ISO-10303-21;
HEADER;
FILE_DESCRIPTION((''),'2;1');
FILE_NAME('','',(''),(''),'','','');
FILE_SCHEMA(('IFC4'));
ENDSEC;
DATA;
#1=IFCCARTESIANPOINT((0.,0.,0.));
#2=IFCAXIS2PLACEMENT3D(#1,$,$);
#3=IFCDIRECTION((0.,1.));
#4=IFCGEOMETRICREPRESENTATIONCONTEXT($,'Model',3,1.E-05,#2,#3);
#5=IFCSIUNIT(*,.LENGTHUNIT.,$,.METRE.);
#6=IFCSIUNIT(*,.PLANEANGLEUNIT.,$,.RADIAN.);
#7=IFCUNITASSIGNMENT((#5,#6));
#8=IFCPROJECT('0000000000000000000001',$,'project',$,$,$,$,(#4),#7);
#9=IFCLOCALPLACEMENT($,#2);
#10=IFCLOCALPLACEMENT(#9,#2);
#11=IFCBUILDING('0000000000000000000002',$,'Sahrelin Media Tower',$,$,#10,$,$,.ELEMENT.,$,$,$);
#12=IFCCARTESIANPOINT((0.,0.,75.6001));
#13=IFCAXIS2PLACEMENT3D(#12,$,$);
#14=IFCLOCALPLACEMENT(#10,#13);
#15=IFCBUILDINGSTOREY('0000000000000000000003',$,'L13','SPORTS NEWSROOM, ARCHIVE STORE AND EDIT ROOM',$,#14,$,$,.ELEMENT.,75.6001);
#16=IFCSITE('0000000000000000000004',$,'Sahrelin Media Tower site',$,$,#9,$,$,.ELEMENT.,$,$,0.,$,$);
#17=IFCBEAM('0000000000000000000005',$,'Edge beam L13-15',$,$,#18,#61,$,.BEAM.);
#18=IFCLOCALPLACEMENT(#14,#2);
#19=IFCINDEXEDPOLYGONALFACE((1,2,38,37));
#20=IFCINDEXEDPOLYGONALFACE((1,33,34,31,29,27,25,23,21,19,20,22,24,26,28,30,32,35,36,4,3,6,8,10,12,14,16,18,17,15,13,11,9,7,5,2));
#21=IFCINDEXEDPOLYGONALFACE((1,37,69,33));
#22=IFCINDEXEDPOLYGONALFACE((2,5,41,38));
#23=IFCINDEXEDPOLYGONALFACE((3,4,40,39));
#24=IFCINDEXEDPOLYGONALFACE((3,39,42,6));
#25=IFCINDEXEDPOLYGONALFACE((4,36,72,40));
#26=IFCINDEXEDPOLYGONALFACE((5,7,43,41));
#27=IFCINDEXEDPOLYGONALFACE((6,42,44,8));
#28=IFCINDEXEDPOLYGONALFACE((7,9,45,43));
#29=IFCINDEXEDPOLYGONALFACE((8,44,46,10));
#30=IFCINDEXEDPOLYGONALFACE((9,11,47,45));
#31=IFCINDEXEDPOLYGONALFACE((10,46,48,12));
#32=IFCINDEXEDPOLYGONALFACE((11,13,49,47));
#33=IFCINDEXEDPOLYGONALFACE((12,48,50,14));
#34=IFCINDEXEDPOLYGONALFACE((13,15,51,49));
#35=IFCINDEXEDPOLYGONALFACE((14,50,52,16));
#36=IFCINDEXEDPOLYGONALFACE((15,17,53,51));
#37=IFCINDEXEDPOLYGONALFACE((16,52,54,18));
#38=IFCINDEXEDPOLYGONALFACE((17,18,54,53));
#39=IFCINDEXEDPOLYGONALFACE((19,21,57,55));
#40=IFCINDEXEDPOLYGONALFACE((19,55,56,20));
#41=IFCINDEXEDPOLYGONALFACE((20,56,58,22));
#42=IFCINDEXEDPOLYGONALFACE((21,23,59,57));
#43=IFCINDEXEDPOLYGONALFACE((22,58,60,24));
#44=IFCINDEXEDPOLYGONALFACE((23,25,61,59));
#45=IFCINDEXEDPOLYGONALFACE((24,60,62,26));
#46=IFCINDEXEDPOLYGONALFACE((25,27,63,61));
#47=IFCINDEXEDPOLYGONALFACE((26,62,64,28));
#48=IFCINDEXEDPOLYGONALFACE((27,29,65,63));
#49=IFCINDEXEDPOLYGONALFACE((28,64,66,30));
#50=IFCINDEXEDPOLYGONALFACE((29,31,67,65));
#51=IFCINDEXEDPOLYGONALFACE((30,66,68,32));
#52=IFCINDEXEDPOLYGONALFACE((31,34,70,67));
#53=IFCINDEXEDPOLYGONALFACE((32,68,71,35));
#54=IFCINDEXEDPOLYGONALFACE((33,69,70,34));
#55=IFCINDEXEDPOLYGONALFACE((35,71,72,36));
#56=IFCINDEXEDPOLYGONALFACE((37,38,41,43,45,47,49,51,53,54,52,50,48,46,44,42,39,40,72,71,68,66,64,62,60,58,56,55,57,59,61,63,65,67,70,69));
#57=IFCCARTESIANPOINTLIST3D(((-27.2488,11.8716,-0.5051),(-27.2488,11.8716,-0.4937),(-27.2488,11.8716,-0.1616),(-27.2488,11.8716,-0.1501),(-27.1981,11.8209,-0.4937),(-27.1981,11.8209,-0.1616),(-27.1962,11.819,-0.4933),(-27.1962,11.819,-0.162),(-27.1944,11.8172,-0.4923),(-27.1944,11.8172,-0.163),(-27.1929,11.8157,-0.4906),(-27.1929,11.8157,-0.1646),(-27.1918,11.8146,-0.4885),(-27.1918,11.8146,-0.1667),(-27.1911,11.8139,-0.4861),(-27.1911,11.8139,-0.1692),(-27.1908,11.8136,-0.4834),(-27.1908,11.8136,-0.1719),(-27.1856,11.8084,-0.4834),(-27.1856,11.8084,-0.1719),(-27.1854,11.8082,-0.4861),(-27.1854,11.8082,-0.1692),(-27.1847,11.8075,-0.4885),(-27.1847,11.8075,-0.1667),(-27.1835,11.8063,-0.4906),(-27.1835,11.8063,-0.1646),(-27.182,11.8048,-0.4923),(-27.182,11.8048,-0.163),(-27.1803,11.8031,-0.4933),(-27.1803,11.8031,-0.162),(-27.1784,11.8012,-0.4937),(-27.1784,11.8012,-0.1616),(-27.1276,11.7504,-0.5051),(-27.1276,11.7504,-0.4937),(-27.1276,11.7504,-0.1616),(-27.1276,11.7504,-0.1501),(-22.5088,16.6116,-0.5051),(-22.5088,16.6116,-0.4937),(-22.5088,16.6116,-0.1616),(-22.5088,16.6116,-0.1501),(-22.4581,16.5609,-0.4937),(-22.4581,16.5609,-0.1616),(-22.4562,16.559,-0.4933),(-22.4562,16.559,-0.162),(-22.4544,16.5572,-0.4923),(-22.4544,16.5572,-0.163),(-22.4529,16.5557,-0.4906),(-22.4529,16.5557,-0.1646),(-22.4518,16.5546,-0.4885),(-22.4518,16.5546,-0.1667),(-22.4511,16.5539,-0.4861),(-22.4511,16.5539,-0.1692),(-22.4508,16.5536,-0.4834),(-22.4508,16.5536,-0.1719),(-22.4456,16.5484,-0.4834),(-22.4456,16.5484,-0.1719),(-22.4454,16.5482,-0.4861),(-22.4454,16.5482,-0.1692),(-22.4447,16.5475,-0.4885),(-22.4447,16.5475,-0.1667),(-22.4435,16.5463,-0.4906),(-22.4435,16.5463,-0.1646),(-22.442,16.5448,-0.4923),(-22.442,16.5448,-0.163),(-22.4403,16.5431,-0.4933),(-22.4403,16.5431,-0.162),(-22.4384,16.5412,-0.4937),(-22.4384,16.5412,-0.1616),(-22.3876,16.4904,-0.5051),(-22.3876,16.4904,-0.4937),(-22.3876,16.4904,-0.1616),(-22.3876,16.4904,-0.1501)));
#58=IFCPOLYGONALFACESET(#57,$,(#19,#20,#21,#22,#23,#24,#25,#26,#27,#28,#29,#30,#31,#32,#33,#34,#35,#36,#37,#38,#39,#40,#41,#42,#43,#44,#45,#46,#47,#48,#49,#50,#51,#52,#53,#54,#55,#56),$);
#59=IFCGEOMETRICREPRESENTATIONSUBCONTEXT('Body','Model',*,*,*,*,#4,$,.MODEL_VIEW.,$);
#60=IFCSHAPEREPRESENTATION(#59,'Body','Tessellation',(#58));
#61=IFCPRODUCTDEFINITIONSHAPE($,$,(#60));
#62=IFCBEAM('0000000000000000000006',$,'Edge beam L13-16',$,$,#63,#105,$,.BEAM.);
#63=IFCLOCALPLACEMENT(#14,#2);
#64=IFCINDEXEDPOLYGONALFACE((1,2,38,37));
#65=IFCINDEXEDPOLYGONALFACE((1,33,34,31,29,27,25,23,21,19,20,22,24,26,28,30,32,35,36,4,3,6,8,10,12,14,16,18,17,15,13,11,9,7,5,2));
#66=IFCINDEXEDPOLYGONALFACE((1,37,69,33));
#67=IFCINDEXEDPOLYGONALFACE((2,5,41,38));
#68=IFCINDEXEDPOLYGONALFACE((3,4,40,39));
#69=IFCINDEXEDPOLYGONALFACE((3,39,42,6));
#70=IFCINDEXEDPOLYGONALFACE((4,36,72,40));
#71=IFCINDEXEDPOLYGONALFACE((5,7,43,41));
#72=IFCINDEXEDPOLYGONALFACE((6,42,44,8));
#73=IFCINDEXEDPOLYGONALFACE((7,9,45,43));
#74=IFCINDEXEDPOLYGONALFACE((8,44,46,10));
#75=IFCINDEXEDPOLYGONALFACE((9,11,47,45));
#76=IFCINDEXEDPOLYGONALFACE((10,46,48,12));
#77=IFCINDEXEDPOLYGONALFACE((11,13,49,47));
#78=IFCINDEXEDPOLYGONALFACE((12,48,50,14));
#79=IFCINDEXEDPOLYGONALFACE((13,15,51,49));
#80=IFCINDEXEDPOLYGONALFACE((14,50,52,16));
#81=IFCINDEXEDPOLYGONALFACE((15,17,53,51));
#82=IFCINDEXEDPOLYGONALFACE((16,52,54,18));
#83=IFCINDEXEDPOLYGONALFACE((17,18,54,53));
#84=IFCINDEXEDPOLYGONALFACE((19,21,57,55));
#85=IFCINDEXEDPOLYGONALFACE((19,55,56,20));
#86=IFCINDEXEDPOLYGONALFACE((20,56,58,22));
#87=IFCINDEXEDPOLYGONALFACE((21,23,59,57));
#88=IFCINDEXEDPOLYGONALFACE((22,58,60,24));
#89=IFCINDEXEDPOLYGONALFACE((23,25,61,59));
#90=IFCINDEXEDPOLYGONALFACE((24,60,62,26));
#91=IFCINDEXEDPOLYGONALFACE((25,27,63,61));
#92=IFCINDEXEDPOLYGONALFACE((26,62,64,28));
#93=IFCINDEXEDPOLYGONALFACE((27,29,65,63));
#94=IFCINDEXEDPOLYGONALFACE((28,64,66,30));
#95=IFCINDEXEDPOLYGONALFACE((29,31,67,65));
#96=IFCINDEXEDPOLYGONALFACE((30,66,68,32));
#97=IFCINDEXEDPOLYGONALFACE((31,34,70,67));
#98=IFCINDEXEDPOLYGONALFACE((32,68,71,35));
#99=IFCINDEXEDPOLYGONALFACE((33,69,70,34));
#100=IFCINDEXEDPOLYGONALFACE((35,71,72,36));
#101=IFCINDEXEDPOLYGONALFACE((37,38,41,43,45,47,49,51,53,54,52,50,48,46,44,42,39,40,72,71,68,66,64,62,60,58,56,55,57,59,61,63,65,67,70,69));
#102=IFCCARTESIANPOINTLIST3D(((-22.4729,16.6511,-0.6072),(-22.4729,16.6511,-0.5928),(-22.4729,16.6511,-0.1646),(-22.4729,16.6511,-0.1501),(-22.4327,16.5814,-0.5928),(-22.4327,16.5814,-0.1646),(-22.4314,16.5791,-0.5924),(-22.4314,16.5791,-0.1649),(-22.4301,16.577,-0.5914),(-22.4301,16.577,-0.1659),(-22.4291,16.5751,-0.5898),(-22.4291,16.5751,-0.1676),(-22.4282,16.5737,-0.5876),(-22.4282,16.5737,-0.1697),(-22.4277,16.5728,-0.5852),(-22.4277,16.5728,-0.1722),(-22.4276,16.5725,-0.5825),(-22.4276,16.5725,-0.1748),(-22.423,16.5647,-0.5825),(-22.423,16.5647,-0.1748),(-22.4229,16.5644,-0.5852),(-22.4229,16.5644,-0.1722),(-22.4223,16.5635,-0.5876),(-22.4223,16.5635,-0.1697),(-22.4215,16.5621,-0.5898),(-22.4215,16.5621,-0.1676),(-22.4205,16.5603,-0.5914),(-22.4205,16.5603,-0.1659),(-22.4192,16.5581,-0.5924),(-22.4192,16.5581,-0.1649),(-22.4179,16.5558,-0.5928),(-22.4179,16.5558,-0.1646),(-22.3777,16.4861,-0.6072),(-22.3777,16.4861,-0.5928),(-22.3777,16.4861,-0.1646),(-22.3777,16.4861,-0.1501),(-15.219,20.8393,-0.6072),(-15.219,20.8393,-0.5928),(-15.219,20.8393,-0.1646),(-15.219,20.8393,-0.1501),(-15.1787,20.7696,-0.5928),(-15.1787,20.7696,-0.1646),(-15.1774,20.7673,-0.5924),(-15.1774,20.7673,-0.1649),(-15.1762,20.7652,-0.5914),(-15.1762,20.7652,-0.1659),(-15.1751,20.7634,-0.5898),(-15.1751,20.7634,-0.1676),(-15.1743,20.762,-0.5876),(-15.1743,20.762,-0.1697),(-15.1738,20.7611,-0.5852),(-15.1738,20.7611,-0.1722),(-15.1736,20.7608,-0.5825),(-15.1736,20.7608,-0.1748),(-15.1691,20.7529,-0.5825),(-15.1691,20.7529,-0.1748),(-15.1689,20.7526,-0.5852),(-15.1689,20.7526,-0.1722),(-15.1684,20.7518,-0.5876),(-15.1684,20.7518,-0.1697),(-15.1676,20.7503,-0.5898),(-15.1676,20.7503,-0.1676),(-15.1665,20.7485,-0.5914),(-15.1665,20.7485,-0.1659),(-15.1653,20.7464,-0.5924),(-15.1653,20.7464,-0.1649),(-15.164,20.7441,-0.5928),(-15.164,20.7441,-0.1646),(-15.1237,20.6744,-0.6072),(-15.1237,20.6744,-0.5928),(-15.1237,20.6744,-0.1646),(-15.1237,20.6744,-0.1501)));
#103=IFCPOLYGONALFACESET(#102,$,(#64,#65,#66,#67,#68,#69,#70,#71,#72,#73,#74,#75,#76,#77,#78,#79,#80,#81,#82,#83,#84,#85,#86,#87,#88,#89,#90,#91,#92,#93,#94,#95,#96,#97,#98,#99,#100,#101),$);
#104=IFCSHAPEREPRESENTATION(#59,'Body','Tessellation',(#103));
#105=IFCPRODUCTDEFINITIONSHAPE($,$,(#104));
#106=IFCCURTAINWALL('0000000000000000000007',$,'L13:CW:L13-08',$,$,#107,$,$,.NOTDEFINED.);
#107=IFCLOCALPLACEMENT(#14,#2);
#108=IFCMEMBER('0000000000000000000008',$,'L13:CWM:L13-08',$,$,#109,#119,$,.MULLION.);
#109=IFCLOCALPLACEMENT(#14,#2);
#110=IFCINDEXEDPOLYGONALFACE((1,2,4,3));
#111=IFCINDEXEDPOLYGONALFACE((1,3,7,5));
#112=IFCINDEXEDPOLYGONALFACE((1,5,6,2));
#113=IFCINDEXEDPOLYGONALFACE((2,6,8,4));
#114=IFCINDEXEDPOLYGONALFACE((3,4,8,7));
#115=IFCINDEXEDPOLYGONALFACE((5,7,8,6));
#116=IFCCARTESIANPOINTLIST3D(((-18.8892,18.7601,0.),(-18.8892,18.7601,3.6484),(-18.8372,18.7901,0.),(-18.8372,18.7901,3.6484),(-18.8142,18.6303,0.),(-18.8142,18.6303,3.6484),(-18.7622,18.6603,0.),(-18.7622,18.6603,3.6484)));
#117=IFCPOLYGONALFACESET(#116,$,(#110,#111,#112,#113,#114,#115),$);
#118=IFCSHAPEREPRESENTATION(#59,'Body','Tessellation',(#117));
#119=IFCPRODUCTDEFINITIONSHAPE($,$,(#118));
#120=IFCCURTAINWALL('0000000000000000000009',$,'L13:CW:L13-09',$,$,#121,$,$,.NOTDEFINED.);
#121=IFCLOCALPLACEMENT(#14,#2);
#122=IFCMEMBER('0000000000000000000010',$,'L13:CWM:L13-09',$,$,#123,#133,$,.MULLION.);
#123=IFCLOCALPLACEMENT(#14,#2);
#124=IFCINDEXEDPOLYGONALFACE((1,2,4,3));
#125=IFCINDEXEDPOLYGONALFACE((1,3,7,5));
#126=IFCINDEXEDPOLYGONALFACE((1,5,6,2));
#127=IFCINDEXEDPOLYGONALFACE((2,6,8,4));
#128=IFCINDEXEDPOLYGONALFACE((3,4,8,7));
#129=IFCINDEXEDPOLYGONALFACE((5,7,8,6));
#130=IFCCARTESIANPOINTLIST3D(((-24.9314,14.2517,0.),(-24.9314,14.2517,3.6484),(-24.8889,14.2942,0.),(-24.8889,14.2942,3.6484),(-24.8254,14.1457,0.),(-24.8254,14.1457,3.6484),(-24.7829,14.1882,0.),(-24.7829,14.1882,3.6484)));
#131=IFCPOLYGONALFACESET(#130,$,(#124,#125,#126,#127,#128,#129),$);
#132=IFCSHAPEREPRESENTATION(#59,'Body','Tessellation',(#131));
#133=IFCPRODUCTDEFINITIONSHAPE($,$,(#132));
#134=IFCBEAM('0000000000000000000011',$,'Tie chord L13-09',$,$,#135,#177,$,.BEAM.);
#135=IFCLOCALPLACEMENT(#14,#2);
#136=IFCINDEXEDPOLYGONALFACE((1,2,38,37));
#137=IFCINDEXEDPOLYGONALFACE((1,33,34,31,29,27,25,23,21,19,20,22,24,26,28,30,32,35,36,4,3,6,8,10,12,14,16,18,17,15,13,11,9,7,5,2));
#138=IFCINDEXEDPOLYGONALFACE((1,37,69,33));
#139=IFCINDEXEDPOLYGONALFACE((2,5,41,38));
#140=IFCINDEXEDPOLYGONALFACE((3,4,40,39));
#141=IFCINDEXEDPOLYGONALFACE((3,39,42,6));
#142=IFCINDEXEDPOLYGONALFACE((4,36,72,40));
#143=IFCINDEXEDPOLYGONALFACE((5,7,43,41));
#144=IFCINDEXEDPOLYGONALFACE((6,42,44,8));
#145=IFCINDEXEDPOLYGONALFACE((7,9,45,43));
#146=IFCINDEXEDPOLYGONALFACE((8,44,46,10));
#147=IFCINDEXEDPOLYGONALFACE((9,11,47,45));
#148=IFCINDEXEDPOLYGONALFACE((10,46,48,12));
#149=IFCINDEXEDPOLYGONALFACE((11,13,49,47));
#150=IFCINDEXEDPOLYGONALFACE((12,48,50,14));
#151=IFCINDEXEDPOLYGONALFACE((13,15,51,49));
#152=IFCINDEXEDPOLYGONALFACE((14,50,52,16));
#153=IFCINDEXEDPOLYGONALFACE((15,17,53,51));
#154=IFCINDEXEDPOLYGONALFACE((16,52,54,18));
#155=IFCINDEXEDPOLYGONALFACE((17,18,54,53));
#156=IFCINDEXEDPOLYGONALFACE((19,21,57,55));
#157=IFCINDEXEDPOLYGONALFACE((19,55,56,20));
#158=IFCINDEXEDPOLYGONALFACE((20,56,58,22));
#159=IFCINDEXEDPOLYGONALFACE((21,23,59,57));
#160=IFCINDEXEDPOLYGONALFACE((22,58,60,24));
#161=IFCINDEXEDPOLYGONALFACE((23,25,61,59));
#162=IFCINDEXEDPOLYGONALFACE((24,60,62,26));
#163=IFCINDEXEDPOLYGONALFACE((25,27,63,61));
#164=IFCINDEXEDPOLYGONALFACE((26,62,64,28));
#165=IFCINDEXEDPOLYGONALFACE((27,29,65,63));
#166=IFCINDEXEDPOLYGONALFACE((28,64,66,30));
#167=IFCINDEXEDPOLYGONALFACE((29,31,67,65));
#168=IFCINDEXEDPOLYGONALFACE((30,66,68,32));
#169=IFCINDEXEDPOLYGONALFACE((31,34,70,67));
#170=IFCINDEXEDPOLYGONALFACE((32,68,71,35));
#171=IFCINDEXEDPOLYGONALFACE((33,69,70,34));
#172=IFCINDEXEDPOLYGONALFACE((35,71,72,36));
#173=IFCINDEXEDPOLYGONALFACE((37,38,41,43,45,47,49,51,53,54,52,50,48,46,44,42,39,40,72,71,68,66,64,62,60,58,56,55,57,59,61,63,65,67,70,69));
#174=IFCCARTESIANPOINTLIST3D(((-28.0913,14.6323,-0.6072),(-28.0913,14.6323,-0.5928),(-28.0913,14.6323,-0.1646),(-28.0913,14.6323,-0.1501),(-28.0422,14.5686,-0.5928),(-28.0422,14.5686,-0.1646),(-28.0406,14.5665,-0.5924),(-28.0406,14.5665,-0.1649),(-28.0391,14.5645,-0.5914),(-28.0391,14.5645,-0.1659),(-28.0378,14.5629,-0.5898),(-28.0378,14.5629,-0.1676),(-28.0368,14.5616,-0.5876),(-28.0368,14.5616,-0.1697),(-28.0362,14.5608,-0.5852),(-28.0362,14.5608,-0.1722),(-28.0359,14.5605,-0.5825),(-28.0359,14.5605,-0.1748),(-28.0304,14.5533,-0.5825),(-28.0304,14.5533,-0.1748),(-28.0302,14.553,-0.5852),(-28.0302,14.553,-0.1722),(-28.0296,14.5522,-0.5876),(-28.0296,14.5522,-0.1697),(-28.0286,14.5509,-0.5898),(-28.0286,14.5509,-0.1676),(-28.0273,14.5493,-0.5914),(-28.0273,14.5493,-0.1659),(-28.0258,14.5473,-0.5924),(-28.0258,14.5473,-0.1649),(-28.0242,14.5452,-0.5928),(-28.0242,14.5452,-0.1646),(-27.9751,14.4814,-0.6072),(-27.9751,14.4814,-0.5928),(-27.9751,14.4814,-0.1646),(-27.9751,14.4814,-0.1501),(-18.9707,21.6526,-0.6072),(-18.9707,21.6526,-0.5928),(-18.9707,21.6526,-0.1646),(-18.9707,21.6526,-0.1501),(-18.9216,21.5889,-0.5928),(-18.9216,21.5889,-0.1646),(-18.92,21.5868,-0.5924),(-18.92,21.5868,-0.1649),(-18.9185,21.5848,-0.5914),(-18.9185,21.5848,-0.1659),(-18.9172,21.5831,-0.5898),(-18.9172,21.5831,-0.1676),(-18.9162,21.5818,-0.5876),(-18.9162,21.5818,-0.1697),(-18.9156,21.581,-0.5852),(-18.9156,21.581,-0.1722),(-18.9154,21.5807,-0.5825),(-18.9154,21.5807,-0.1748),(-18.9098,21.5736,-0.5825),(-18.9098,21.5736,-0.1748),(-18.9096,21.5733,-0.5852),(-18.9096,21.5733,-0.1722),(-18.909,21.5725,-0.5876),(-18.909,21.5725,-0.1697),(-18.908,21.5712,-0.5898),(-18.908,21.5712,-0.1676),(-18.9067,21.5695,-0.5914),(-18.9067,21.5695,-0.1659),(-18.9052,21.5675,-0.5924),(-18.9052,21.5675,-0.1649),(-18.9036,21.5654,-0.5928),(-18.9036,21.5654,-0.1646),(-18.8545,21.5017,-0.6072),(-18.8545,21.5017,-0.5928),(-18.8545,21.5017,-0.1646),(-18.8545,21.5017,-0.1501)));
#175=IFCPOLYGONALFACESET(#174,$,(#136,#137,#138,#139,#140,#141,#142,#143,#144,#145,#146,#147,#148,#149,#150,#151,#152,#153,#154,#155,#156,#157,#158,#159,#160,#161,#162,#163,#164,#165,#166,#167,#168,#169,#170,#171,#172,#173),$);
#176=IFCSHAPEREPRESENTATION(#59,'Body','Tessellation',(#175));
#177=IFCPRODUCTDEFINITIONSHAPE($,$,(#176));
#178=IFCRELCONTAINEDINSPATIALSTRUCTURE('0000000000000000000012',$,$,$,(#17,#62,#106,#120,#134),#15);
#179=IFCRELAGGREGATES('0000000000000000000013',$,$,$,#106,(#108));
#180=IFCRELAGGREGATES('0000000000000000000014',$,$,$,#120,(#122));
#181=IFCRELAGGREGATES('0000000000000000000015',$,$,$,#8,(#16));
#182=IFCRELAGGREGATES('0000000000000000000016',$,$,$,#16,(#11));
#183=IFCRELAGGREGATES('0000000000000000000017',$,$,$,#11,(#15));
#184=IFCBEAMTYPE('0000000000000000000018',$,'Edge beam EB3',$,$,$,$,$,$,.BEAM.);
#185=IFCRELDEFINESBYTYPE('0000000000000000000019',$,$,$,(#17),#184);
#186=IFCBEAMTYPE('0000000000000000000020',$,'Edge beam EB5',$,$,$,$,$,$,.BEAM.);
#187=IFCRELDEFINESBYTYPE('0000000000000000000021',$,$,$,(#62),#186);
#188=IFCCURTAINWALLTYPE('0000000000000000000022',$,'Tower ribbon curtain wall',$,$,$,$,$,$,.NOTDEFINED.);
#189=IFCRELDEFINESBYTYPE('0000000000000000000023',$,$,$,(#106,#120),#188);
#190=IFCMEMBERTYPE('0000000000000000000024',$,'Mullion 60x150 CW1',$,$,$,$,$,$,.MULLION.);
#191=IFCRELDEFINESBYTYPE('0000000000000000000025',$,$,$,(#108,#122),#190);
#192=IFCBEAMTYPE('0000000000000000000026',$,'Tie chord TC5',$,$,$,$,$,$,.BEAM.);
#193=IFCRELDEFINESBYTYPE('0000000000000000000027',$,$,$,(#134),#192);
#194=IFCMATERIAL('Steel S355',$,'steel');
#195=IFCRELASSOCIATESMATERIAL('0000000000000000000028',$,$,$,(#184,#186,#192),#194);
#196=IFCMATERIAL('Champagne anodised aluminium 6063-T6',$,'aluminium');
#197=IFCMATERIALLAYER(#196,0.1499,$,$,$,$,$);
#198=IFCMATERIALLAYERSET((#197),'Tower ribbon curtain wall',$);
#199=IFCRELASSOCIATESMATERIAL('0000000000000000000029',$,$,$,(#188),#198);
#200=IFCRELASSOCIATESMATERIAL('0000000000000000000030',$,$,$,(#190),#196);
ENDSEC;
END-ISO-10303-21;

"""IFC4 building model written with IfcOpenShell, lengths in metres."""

from ifc_helpers import new_model, si_unit, direction, frame, origin, origin_2d, place, context, subcontext, project, spatial, rectangle, i_section, extrude, material, layer, layer_set, material_profile, profile_set, type_object, element, aggregate, save


model = new_model("IFC4")

# Units and contexts
model_context = context("Model", 3, precision=1e-05, world=origin(), true_north=direction((0.0, 1.0)))
body_context = subcontext(model_context, "Body", "Model", "MODEL_VIEW")
ifc_project = project(units=[si_unit("LENGTHUNIT", "METRE"), si_unit("PLANEANGLEUNIT", "RADIAN")], contexts=[model_context])

# Site, building, storey
site_placement = place(None, origin())
site = spatial("IfcSite", under=ifc_project, at=site_placement, Name="Sahrelin Media Tower site", CompositionType="ELEMENT", RefElevation=0.0)
building_placement = place(site_placement, origin())
building = spatial("IfcBuilding", under=site, at=building_placement, Name="Sahrelin Media Tower", CompositionType="ELEMENT")
storey_placement = place(building_placement, frame((0.0, 0.0, 75.6001)))
storey = spatial("IfcBuildingStorey", under=building, at=storey_placement, Name="L13", Description="SPORTS NEWSROOM, ARCHIVE STORE AND EDIT ROOM", CompositionType="ELEMENT", Elevation=75.6001)

# Beams
ifc_material_1 = material(Name="Steel S355", Category="steel")
ifc_material_profile_1 = material_profile(ifc_material_1, i_section(OverallWidth=0.1714, OverallDepth=0.355, WebThickness=0.0073, FlangeThickness=0.0115, FilletRadius=0.0103, at=origin_2d()), Name="UB 356x171x51")
ifc_profile_set_1 = profile_set([ifc_material_profile_1], Name="Steel S355")
beam_type_1 = type_object("IfcBeamType", Name="Edge beam EB3", PredefinedType="BEAM", material=ifc_profile_set_1)
beam_1_placement = place(storey_placement, frame((-27.1882, 11.811, -0.3276), z_axis=(0.707107, 0.707107, 0.0), x_axis=(-0.707107, 0.707107, 0.0)))
element("IfcBeam", 1, at=beam_1_placement, inside=storey, type_object=beam_type_1, Name="Edge beam L13-15", PredefinedType="BEAM", context=body_context, shape_type="SweptSolid", body=[
    extrude(i_section(OverallWidth=0.1714, OverallDepth=0.355, WebThickness=0.0073, FlangeThickness=0.0115, FilletRadius=0.0103, at=origin_2d()), origin(), (0.0, 0.0, 1.0), 6.7034),
])
ifc_material_profile_2 = material_profile(ifc_material_1, i_section(OverallWidth=0.1904, OverallDepth=0.457, WebThickness=0.009, FlangeThickness=0.0144, FilletRadius=0.0103, at=origin_2d()), Name="UB 457x191x74")
ifc_profile_set_2 = profile_set([ifc_material_profile_2], Name="Steel S355")
beam_type_2 = type_object("IfcBeamType", Name="Edge beam EB5", PredefinedType="BEAM", material=ifc_profile_set_2)
beam_2_placement = place(storey_placement, frame((-22.4253, 16.5686, -0.3787), z_axis=(0.866016, 0.500017, 0.0), x_axis=(-0.500017, 0.866016, 0.0)))
element("IfcBeam", 2, at=beam_2_placement, inside=storey, type_object=beam_type_2, Name="Edge beam L13-16", PredefinedType="BEAM", context=body_context, shape_type="SweptSolid", body=[
    extrude(i_section(OverallWidth=0.1904, OverallDepth=0.457, WebThickness=0.009, FlangeThickness=0.0144, FilletRadius=0.0103, at=origin_2d()), origin(), (0.0, 0.0, 1.0), 8.3762),
])

# Curtain walls, members
ifc_material_2 = material(Name="Champagne anodised aluminium 6063-T6", Category="aluminium")
ifc_layer_1 = layer(ifc_material_2, 0.1499)
ifc_layer_set_1 = layer_set([ifc_layer_1], Name="Tower ribbon curtain wall")
curtain_wall_type = type_object("IfcCurtainWallType", Name="Tower ribbon curtain wall", PredefinedType="NOTDEFINED", material=ifc_layer_set_1)
curtain_wall_1_placement = place(storey_placement, frame((-18.8733, 18.7925, 0.0), z_axis=(0.0, 0.0, 1.0), x_axis=(1.0, 0.0, 0.0)))
curtain_wall_1 = element("IfcCurtainWall", 3, at=curtain_wall_1_placement, inside=storey, type_object=curtain_wall_type, Name="L13:CW:L13-08", PredefinedType="NOTDEFINED")
ifc_material_profile_3 = material_profile(ifc_material_2, rectangle(XDim=0.0601, YDim=0.1499, at=origin_2d()), Name="Mullion 60x150")
ifc_profile_set_3 = profile_set([ifc_material_profile_3], Name="Champagne anodised aluminium 6063-T6")
member_type_1 = type_object("IfcMemberType", Name="Mullion 60x150 CW1", PredefinedType="MULLION", material=ifc_profile_set_3)
member_1_placement = place(storey_placement, frame((-18.8257, 18.7102, 0.0), z_axis=(0.0, 0.0, 1.0), x_axis=(-0.866023, -0.500005, 0.0)))
member_1 = element("IfcMember", 4, at=member_1_placement, type_object=member_type_1, Name="L13:CWM:L13-08", PredefinedType="MULLION", context=body_context, shape_type="SweptSolid", body=[
    extrude(rectangle(XDim=0.0601, YDim=0.1499, at=origin_2d()), origin(), (0.0, 0.0, 1.0), 3.6484),
])
curtain_wall_2_placement = place(storey_placement, frame((-24.9243, 14.2871, 0.0), z_axis=(0.0, 0.0, 1.0), x_axis=(1.0, 0.0, 0.0)))
curtain_wall_2 = element("IfcCurtainWall", 5, at=curtain_wall_2_placement, inside=storey, type_object=curtain_wall_type, Name="L13:CW:L13-09", PredefinedType="NOTDEFINED")
member_2_placement = place(storey_placement, frame((-24.8572, 14.22, 0.0), z_axis=(0.0, 0.0, 1.0), x_axis=(-0.707107, -0.707107, 0.0)))
member_2 = element("IfcMember", 6, at=member_2_placement, type_object=member_type_1, Name="L13:CWM:L13-09", PredefinedType="MULLION", context=body_context, shape_type="SweptSolid", body=[
    extrude(rectangle(XDim=0.0601, YDim=0.1499, at=origin_2d()), origin(), (0.0, 0.0, 1.0), 3.6484),
])

# Beam
ifc_material_profile_4 = material_profile(ifc_material_1, i_section(OverallWidth=0.1904, OverallDepth=0.457, WebThickness=0.009, FlangeThickness=0.0144, FilletRadius=0.0103, at=origin_2d()), Name="UB 457x191x74")
ifc_profile_set_4 = profile_set([ifc_material_profile_4], Name="Steel S355")
beam_type_3 = type_object("IfcBeamType", Name="Tie chord TC5", PredefinedType="BEAM", material=ifc_profile_set_4)
beam_3_placement = place(storey_placement, frame((-18.9126, 21.5771, -0.3787), z_axis=(-0.792439, -0.609952, 0.0), x_axis=(0.609952, -0.792439, 0.0)))
element("IfcBeam", 7, at=beam_3_placement, inside=storey, type_object=beam_type_3, Name="Tie chord L13-09", PredefinedType="BEAM", context=body_context, shape_type="SweptSolid", body=[
    extrude(i_section(OverallWidth=0.1904, OverallDepth=0.457, WebThickness=0.009, FlangeThickness=0.0144, FilletRadius=0.0103, at=origin_2d()), origin(), (0.0, 0.0, 1.0), 11.5095),
])

aggregate(curtain_wall_1, [member_1])
aggregate(curtain_wall_2, [member_2])

save(model, "model.ifc")
